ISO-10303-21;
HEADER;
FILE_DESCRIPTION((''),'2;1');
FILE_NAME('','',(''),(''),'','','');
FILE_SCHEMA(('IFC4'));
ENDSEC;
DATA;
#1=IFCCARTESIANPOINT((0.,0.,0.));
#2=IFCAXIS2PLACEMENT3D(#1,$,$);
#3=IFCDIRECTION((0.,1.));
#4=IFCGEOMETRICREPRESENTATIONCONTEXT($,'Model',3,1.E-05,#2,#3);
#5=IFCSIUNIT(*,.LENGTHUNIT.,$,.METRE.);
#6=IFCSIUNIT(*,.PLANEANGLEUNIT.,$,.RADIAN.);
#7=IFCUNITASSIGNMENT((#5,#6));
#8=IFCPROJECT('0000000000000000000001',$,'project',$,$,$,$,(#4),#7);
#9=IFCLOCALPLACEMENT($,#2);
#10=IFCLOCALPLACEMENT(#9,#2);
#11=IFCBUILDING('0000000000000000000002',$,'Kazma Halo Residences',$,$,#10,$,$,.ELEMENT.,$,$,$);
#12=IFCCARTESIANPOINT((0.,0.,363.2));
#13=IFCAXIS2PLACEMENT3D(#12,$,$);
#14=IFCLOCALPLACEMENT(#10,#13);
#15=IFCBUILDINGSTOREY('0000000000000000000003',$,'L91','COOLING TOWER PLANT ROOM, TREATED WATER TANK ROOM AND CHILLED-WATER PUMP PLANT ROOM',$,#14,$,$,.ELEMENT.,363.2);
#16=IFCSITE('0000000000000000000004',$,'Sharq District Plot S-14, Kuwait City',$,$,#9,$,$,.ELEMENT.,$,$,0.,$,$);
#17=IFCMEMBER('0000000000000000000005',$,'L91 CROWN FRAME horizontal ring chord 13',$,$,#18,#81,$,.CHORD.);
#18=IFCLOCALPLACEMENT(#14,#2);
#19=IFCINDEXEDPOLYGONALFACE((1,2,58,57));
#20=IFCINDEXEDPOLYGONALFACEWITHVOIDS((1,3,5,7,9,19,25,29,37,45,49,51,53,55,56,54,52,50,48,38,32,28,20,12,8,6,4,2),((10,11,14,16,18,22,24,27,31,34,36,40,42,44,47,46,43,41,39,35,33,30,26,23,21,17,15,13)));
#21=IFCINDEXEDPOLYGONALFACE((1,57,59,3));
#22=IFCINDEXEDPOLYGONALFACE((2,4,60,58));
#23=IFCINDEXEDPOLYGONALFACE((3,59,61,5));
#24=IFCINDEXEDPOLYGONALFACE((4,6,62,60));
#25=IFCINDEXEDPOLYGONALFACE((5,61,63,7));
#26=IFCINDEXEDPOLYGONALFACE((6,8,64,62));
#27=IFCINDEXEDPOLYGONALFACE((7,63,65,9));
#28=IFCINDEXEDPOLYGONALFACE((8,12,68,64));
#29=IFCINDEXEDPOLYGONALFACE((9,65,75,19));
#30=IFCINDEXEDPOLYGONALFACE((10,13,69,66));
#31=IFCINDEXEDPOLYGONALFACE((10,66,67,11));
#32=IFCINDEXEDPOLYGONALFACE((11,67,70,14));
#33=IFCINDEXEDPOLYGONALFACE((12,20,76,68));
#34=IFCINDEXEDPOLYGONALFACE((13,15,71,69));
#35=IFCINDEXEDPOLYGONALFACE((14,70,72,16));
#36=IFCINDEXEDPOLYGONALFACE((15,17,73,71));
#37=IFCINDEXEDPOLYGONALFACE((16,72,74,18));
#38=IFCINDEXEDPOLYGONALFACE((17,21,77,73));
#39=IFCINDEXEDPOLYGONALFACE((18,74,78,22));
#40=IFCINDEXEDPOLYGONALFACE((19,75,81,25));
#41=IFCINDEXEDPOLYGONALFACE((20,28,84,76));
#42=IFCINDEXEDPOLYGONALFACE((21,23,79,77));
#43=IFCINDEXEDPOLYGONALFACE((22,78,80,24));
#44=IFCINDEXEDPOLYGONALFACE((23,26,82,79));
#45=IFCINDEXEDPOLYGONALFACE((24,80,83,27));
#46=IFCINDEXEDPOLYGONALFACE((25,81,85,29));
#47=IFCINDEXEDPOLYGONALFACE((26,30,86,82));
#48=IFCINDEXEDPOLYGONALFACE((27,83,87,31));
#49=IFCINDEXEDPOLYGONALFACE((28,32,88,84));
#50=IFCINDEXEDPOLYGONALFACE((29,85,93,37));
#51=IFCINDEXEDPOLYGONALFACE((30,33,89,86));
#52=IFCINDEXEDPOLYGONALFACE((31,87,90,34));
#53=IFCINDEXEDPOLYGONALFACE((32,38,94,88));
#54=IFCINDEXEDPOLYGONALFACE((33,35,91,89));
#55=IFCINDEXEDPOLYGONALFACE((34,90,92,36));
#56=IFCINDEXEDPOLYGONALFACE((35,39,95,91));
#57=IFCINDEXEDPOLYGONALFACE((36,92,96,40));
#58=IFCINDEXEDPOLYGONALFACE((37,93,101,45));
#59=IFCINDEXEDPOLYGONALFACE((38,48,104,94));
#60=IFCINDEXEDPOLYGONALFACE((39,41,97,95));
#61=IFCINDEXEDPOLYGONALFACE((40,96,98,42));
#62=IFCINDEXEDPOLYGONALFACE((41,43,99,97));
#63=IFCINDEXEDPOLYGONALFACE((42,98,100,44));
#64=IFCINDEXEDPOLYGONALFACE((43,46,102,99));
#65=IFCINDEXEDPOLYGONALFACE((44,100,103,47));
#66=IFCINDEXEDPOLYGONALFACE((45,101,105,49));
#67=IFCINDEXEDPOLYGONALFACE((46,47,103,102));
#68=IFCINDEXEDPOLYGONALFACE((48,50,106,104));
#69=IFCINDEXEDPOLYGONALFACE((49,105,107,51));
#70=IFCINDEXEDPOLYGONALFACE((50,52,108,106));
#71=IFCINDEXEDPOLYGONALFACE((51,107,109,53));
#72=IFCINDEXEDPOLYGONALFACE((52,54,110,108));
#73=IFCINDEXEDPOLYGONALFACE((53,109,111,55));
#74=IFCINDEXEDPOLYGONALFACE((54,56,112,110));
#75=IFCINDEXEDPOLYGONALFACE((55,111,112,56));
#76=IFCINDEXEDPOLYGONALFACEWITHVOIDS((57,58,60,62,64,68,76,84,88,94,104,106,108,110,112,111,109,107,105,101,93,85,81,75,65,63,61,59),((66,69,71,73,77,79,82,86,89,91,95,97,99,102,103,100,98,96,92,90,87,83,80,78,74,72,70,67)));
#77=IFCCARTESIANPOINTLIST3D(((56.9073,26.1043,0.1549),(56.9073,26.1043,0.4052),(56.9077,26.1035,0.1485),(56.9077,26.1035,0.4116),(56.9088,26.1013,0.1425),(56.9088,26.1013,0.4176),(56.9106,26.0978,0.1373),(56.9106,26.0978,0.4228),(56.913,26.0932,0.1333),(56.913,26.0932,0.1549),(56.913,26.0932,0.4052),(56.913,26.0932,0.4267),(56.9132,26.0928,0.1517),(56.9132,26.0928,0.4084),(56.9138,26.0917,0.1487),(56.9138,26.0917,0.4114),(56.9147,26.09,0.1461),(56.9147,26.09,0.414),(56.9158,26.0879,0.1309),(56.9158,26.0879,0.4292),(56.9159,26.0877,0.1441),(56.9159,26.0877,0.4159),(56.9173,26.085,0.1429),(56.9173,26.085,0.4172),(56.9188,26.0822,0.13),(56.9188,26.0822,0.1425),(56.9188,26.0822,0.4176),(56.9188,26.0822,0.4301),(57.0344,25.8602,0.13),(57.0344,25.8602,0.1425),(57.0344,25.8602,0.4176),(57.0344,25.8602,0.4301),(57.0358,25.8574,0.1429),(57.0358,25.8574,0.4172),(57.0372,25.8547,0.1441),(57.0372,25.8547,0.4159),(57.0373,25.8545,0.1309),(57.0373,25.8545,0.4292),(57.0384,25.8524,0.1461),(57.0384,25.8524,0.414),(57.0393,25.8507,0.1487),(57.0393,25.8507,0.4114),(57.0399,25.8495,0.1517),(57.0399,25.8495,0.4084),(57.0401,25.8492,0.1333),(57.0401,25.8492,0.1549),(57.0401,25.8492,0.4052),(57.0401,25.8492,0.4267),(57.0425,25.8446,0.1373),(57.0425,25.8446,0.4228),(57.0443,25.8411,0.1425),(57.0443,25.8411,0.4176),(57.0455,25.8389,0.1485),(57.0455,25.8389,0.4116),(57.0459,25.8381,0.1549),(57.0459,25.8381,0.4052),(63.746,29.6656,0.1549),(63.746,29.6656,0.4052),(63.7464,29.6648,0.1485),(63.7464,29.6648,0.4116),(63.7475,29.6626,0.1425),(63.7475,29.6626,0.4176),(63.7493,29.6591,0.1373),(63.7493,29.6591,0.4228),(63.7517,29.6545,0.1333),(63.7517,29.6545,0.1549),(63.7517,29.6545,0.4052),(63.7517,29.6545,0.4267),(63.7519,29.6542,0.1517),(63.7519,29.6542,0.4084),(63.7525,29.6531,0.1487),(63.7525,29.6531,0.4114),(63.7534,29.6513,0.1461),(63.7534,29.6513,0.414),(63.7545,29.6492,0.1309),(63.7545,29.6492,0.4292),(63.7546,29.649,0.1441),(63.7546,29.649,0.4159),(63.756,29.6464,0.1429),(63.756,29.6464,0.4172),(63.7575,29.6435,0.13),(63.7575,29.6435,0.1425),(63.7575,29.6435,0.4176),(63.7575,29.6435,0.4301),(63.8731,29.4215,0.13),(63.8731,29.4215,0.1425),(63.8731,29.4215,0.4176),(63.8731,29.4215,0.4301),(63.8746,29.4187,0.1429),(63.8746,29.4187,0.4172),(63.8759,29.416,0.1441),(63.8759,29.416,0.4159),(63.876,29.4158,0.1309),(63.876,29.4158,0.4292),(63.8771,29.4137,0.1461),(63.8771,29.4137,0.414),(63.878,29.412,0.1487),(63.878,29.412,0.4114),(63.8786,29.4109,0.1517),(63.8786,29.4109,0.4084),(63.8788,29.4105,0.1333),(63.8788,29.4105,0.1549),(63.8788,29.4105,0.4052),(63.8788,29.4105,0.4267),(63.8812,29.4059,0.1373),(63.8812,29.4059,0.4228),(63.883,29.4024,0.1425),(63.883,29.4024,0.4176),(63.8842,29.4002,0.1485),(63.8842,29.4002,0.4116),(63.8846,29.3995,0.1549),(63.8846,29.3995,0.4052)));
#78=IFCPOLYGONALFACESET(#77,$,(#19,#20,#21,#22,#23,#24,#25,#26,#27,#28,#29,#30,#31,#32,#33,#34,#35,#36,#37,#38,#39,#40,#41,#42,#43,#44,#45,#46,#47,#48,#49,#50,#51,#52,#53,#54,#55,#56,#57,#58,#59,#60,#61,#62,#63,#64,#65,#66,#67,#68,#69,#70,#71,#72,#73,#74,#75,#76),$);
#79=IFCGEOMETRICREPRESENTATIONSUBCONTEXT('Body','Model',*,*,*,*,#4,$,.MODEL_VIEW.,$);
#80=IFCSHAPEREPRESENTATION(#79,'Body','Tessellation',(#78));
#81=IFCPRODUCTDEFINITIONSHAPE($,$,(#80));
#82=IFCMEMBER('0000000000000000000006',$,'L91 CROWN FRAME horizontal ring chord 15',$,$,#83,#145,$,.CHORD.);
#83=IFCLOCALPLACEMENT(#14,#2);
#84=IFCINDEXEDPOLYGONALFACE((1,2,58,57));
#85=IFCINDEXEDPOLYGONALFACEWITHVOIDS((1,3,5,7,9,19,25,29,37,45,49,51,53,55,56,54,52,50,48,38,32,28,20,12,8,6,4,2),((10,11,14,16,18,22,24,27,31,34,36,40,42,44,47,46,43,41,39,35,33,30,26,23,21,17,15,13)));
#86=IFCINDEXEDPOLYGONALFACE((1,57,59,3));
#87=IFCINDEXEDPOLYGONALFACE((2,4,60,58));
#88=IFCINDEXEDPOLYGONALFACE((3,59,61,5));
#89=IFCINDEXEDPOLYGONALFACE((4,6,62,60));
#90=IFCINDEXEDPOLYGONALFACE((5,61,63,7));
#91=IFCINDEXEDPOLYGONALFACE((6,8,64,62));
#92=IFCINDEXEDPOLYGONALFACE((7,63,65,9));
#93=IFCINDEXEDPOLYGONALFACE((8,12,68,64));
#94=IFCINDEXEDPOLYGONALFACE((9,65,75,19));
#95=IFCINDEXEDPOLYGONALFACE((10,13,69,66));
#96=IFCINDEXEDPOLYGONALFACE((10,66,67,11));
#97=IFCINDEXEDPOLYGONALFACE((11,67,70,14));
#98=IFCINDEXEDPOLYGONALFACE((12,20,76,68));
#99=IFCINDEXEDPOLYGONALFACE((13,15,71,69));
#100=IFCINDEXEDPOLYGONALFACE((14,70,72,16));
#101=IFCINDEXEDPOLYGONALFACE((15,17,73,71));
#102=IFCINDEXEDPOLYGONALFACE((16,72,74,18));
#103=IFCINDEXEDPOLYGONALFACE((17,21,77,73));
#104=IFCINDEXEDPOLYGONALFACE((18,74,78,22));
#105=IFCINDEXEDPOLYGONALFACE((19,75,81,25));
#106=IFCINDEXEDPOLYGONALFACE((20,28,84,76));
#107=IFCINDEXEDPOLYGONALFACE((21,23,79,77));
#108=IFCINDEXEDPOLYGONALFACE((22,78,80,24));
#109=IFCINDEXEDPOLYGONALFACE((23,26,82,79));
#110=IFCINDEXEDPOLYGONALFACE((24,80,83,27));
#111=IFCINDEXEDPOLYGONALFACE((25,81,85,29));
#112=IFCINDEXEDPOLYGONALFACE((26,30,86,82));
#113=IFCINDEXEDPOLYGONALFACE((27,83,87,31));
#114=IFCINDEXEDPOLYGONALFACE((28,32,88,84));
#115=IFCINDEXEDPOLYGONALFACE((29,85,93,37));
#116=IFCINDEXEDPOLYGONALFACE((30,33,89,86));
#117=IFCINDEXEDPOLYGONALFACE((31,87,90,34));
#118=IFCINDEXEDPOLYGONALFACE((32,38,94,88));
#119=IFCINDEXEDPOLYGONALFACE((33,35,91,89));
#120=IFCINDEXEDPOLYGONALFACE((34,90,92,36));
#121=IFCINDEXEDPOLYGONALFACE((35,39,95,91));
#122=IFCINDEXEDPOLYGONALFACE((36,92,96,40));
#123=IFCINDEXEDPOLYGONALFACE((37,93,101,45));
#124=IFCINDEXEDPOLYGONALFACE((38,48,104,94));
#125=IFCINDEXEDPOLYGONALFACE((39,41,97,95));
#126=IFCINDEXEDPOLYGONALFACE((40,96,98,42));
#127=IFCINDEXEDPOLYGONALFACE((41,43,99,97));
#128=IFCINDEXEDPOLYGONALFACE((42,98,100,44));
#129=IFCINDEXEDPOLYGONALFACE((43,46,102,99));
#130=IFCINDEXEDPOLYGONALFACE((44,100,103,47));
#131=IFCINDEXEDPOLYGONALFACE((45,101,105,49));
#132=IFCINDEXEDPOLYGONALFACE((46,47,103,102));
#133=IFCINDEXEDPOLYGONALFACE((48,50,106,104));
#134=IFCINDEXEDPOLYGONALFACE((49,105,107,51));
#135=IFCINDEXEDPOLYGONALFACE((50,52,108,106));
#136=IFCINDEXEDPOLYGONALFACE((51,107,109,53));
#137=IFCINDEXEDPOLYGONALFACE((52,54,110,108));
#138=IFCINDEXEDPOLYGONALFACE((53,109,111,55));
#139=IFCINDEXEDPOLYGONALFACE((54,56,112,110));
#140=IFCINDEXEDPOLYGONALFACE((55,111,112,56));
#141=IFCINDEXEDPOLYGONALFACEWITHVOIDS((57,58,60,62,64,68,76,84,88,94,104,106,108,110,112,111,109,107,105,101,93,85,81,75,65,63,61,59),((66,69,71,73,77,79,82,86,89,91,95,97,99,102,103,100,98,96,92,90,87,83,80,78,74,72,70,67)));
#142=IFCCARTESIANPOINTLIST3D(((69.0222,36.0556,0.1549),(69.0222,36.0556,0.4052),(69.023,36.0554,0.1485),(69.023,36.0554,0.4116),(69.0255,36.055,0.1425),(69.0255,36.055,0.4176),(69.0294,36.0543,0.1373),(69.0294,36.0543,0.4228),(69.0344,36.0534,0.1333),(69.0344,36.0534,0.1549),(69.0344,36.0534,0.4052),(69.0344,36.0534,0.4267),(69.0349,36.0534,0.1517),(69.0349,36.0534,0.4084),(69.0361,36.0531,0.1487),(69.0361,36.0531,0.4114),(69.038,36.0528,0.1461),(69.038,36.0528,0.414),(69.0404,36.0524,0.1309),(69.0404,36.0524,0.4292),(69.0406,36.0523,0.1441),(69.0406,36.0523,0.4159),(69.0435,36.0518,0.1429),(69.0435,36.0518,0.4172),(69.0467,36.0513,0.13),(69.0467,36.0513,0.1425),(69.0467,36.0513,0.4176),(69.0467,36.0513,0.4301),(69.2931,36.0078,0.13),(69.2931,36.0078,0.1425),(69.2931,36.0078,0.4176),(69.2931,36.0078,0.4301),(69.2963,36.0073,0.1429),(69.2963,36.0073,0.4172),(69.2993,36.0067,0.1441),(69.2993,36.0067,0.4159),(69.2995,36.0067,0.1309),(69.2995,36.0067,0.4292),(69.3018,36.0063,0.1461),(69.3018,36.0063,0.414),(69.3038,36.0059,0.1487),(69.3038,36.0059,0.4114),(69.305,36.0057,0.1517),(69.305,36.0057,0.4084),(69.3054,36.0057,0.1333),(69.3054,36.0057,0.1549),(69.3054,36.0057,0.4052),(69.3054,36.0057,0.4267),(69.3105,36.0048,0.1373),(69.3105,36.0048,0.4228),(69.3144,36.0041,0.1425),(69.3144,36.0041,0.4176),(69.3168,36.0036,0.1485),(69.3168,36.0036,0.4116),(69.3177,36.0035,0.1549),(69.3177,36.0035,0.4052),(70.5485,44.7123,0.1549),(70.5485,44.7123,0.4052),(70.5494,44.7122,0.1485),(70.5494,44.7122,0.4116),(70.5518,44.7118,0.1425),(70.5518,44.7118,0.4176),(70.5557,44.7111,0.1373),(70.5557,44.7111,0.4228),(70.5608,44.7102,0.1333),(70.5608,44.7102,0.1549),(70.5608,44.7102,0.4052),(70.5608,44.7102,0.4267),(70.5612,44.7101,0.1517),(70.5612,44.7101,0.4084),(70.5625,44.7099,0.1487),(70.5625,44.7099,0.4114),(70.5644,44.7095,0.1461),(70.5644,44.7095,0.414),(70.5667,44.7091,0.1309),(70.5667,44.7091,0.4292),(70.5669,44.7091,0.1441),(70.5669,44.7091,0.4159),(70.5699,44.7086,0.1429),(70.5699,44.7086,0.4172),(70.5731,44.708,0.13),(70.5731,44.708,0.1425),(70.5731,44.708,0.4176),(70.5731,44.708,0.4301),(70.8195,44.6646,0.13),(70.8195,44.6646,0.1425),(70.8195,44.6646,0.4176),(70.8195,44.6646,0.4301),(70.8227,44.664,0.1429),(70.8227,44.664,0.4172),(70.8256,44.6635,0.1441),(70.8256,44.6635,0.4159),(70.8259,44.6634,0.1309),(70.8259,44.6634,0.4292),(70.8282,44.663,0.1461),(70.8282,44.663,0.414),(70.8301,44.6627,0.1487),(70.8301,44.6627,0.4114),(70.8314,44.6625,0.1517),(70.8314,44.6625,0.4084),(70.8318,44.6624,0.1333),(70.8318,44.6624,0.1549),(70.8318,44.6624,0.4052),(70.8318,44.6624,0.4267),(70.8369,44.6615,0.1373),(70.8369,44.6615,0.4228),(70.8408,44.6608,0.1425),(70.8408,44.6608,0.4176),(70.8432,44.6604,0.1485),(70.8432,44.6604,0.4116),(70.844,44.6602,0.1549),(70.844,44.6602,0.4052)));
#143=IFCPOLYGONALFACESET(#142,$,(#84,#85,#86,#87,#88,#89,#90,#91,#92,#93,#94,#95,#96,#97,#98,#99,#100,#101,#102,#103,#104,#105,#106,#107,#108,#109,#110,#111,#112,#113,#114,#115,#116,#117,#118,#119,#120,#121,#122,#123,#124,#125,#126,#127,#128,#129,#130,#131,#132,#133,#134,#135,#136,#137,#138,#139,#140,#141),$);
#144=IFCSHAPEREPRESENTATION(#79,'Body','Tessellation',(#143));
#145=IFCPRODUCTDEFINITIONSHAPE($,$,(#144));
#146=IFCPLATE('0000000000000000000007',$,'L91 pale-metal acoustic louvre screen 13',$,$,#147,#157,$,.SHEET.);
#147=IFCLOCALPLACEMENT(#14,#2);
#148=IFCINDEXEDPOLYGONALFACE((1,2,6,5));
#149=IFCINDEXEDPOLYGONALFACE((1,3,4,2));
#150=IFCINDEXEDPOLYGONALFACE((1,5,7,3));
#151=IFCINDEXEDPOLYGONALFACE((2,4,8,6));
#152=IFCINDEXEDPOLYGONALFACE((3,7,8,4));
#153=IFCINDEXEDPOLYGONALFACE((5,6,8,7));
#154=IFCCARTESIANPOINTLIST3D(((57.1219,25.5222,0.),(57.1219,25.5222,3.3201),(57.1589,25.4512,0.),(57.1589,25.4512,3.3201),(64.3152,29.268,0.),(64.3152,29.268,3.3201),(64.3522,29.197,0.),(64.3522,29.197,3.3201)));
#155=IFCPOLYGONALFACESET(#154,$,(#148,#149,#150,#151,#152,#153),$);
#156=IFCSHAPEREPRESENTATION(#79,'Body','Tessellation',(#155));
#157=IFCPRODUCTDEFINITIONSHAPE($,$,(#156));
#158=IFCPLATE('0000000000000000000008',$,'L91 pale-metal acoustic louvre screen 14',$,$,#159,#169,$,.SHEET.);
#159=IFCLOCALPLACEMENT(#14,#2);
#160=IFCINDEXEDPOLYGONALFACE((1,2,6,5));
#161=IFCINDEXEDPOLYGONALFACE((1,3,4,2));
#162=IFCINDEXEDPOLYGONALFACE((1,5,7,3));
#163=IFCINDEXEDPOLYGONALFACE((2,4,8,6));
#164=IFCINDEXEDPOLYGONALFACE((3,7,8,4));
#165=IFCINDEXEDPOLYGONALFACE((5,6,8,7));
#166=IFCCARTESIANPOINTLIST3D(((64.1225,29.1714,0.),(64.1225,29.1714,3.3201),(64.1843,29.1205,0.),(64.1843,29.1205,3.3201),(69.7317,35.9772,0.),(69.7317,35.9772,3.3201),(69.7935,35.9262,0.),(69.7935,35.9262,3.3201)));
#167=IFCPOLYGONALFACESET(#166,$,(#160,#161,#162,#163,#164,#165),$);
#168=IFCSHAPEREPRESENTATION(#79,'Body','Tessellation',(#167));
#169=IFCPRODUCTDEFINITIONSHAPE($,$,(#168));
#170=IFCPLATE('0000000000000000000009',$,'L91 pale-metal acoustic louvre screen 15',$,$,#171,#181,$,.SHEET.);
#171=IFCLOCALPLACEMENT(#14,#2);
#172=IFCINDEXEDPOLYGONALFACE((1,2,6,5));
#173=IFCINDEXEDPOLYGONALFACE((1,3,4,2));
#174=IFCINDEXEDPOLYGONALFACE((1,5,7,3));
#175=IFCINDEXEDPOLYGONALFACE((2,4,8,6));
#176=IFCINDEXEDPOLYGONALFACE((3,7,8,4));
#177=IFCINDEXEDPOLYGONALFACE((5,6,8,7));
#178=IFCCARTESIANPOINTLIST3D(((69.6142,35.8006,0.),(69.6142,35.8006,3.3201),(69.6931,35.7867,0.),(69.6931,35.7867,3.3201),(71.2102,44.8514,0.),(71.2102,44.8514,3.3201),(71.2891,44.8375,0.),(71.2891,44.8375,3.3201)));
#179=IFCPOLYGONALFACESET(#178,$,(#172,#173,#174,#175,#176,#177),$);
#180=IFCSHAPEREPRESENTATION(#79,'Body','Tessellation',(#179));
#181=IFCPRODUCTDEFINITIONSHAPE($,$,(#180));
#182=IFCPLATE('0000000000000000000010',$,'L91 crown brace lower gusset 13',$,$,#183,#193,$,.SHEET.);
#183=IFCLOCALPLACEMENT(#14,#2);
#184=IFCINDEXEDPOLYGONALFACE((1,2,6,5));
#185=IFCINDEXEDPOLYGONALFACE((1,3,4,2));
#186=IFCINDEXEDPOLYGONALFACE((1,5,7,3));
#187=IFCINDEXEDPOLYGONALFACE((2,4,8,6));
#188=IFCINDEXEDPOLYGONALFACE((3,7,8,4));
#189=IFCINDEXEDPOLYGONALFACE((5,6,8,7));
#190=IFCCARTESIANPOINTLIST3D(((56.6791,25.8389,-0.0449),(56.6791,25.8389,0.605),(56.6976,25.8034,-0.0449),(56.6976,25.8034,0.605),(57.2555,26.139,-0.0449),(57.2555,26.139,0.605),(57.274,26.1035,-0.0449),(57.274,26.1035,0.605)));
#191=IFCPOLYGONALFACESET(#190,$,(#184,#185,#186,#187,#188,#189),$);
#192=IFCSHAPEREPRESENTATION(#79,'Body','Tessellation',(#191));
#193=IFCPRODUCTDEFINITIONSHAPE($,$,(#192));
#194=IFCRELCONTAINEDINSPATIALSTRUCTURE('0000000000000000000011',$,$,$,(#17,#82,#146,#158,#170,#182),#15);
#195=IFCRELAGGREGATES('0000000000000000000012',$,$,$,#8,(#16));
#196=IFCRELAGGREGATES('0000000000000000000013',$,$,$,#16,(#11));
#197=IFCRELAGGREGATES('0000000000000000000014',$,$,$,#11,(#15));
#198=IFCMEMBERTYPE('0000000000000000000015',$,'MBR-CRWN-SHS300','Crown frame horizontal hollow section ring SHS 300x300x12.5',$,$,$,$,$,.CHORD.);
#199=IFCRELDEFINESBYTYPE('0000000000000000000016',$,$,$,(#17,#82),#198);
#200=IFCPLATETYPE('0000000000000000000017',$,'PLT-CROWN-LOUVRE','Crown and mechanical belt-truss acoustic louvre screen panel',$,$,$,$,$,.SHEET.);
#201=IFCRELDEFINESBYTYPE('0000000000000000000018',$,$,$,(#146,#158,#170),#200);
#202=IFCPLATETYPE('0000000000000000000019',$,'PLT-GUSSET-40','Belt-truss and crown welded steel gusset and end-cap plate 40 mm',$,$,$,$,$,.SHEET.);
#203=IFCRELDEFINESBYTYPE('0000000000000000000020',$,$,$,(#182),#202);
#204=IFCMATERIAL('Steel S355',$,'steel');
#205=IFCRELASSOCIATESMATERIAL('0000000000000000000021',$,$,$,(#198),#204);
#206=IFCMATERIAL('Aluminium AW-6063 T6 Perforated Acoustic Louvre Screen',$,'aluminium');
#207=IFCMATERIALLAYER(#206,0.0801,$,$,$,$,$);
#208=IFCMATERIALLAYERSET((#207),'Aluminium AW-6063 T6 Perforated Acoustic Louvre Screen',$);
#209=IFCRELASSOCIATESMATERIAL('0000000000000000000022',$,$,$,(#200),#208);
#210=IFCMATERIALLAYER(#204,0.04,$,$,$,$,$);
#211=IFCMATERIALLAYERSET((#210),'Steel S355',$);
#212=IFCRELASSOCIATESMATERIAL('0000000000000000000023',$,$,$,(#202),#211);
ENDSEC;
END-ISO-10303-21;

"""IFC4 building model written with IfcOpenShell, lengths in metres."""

from ifc_helpers import new_model, si_unit, direction, frame, origin, origin_2d, place, context, subcontext, project, spatial, rectangle, hollow_rectangle, extrude, material, layer, layer_set, material_profile, profile_set, type_object, element, save


model = new_model("IFC4")

# Units and contexts
model_context = context("Model", 3, precision=1e-05, world=origin(), true_north=direction((0.0, 1.0)))
body_context = subcontext(model_context, "Body", "Model", "MODEL_VIEW")
ifc_project = project(units=[si_unit("LENGTHUNIT", "METRE"), si_unit("PLANEANGLEUNIT", "RADIAN")], contexts=[model_context])

# Site, building, storey
site_placement = place(None, origin())
site = spatial("IfcSite", under=ifc_project, at=site_placement, Name="Sharq District Plot S-14, Kuwait City", CompositionType="ELEMENT", RefElevation=0.0)
building_placement = place(site_placement, origin())
building = spatial("IfcBuilding", under=site, at=building_placement, Name="Kazma Halo Residences", CompositionType="ELEMENT")
storey_placement = place(building_placement, frame((0.0, 0.0, 363.2)))
storey = spatial("IfcBuildingStorey", under=building, at=storey_placement, Name="L91", Description="COOLING TOWER PLANT ROOM, TREATED WATER TANK ROOM AND CHILLED-WATER PUMP PLANT ROOM", CompositionType="ELEMENT", Elevation=363.2)

# Shared definitions
ifc_material_1 = material(Name="Steel S355", Category="steel")

# Members
ifc_material_profile_1 = material_profile(ifc_material_1, hollow_rectangle(XDim=0.3, YDim=0.3, WallThickness=0.0125, InnerFilletRadius=0.0125, OuterFilletRadius=0.0249, at=origin_2d()), Name="SHS300x300x12.5")
ifc_profile_set_1 = profile_set([ifc_material_profile_1], Name="Steel S355")
member_type_1 = type_object("IfcMemberType", Name="MBR-CRWN-SHS300", Description="Crown frame horizontal hollow section ring SHS 300x300x12.5", PredefinedType="CHORD", material=ifc_profile_set_1)
member_1_placement = place(storey_placement, frame((56.9766, 25.9712, 0.28), z_axis=(0.886941, 0.461883, 0.0), x_axis=(-0.461883, 0.886941, 0.0)))
element("IfcMember", 1, at=member_1_placement, inside=storey, type_object=member_type_1, Name="L91 CROWN FRAME horizontal ring chord 13", PredefinedType="CHORD", context=body_context, shape_type="SweptSolid", body=[
    extrude(hollow_rectangle(XDim=0.3, YDim=0.3, WallThickness=0.0125, InnerFilletRadius=0.0125, OuterFilletRadius=0.0249, at=origin_2d()), origin(), (0.0, 0.0, 1.0), 7.7104),
])
member_2_placement = place(storey_placement, frame((69.1699, 36.0295, 0.28), z_axis=(0.173643, 0.984809, 0.0), x_axis=(-0.984809, 0.173643, 0.0)))
element("IfcMember", 2, at=member_2_placement, inside=storey, type_object=member_type_1, Name="L91 CROWN FRAME horizontal ring chord 15", PredefinedType="CHORD", context=body_context, shape_type="SweptSolid", body=[
    extrude(hollow_rectangle(XDim=0.3, YDim=0.3, WallThickness=0.0125, InnerFilletRadius=0.0125, OuterFilletRadius=0.0249, at=origin_2d()), origin(), (0.0, 0.0, 1.0), 8.7903),
])

# Plates
ifc_material_2 = material(Name="Aluminium AW-6063 T6 Perforated Acoustic Louvre Screen", Category="aluminium")
ifc_layer_1 = layer(ifc_material_2, 0.0801)
ifc_layer_set_1 = layer_set([ifc_layer_1], Name="Aluminium AW-6063 T6 Perforated Acoustic Louvre Screen")
plate_type_1 = type_object("IfcPlateType", Name="PLT-CROWN-LOUVRE", Description="Crown and mechanical belt-truss acoustic louvre screen panel", PredefinedType="SHEET", material=ifc_layer_set_1)
plate_1_placement = place(storey_placement, frame((60.7371, 27.3596, 0.0), z_axis=(0.0, 0.0, 1.0), x_axis=(0.88695, 0.461866, 0.0)))
element("IfcPlate", 3, at=plate_1_placement, inside=storey, type_object=plate_type_1, Name="L91 pale-metal acoustic louvre screen 13", PredefinedType="SHEET", context=body_context, shape_type="SweptSolid", body=[
    extrude(rectangle(XDim=8.1101, YDim=0.0801, at=origin_2d()), origin(), (0.0, 0.0, 1.0), 3.3201),
])
plate_2_placement = place(storey_placement, frame((66.958, 32.5488, 0.0), z_axis=(0.0, 0.0, 1.0), x_axis=(0.636008, 0.771683, 0.0)))
element("IfcPlate", 4, at=plate_2_placement, inside=storey, type_object=plate_type_1, Name="L91 pale-metal acoustic louvre screen 14", PredefinedType="SHEET", context=body_context, shape_type="SweptSolid", body=[
    extrude(rectangle(XDim=8.8193, YDim=0.0801, at=origin_2d()), origin(), (0.0, 0.0, 1.0), 3.3201),
])
plate_3_placement = place(storey_placement, frame((70.4517, 40.3191, 0.0), z_axis=(0.0, 0.0, 1.0), x_axis=(0.173656, 0.984806, 0.0)))
element("IfcPlate", 5, at=plate_3_placement, inside=storey, type_object=plate_type_1, Name="L91 pale-metal acoustic louvre screen 15", PredefinedType="SHEET", context=body_context, shape_type="SweptSolid", body=[
    extrude(rectangle(XDim=9.1904, YDim=0.0801, at=origin_2d()), origin(), (0.0, 0.0, 1.0), 3.3201),
])
ifc_layer_2 = layer(ifc_material_1, 0.04)
ifc_layer_set_2 = layer_set([ifc_layer_2], Name="Steel S355")
plate_type_2 = type_object("IfcPlateType", Name="PLT-GUSSET-40", Description="Belt-truss and crown welded steel gusset and end-cap plate 40 mm", PredefinedType="SHEET", material=ifc_layer_set_2)
for number, where, z_axis, x_axis, name in (
    (6, (56.9766, 25.9712, -0.0449), (0.0, 0.0, 1.0), (0.88695, 0.461866, 0.0), "L91 crown brace lower gusset 13"),
):
    element("IfcPlate", number, at=place(storey_placement, frame(where, z_axis=z_axis, x_axis=x_axis)), inside=storey, type_object=plate_type_2, Name=name, PredefinedType="SHEET", context=body_context, shape_type="SweptSolid", body=[
        extrude(rectangle(XDim=0.6499, YDim=0.04, at=origin_2d()), origin(), (0.0, 0.0, 1.0), 0.6499),
    ])

save(model, "model.ifc")
